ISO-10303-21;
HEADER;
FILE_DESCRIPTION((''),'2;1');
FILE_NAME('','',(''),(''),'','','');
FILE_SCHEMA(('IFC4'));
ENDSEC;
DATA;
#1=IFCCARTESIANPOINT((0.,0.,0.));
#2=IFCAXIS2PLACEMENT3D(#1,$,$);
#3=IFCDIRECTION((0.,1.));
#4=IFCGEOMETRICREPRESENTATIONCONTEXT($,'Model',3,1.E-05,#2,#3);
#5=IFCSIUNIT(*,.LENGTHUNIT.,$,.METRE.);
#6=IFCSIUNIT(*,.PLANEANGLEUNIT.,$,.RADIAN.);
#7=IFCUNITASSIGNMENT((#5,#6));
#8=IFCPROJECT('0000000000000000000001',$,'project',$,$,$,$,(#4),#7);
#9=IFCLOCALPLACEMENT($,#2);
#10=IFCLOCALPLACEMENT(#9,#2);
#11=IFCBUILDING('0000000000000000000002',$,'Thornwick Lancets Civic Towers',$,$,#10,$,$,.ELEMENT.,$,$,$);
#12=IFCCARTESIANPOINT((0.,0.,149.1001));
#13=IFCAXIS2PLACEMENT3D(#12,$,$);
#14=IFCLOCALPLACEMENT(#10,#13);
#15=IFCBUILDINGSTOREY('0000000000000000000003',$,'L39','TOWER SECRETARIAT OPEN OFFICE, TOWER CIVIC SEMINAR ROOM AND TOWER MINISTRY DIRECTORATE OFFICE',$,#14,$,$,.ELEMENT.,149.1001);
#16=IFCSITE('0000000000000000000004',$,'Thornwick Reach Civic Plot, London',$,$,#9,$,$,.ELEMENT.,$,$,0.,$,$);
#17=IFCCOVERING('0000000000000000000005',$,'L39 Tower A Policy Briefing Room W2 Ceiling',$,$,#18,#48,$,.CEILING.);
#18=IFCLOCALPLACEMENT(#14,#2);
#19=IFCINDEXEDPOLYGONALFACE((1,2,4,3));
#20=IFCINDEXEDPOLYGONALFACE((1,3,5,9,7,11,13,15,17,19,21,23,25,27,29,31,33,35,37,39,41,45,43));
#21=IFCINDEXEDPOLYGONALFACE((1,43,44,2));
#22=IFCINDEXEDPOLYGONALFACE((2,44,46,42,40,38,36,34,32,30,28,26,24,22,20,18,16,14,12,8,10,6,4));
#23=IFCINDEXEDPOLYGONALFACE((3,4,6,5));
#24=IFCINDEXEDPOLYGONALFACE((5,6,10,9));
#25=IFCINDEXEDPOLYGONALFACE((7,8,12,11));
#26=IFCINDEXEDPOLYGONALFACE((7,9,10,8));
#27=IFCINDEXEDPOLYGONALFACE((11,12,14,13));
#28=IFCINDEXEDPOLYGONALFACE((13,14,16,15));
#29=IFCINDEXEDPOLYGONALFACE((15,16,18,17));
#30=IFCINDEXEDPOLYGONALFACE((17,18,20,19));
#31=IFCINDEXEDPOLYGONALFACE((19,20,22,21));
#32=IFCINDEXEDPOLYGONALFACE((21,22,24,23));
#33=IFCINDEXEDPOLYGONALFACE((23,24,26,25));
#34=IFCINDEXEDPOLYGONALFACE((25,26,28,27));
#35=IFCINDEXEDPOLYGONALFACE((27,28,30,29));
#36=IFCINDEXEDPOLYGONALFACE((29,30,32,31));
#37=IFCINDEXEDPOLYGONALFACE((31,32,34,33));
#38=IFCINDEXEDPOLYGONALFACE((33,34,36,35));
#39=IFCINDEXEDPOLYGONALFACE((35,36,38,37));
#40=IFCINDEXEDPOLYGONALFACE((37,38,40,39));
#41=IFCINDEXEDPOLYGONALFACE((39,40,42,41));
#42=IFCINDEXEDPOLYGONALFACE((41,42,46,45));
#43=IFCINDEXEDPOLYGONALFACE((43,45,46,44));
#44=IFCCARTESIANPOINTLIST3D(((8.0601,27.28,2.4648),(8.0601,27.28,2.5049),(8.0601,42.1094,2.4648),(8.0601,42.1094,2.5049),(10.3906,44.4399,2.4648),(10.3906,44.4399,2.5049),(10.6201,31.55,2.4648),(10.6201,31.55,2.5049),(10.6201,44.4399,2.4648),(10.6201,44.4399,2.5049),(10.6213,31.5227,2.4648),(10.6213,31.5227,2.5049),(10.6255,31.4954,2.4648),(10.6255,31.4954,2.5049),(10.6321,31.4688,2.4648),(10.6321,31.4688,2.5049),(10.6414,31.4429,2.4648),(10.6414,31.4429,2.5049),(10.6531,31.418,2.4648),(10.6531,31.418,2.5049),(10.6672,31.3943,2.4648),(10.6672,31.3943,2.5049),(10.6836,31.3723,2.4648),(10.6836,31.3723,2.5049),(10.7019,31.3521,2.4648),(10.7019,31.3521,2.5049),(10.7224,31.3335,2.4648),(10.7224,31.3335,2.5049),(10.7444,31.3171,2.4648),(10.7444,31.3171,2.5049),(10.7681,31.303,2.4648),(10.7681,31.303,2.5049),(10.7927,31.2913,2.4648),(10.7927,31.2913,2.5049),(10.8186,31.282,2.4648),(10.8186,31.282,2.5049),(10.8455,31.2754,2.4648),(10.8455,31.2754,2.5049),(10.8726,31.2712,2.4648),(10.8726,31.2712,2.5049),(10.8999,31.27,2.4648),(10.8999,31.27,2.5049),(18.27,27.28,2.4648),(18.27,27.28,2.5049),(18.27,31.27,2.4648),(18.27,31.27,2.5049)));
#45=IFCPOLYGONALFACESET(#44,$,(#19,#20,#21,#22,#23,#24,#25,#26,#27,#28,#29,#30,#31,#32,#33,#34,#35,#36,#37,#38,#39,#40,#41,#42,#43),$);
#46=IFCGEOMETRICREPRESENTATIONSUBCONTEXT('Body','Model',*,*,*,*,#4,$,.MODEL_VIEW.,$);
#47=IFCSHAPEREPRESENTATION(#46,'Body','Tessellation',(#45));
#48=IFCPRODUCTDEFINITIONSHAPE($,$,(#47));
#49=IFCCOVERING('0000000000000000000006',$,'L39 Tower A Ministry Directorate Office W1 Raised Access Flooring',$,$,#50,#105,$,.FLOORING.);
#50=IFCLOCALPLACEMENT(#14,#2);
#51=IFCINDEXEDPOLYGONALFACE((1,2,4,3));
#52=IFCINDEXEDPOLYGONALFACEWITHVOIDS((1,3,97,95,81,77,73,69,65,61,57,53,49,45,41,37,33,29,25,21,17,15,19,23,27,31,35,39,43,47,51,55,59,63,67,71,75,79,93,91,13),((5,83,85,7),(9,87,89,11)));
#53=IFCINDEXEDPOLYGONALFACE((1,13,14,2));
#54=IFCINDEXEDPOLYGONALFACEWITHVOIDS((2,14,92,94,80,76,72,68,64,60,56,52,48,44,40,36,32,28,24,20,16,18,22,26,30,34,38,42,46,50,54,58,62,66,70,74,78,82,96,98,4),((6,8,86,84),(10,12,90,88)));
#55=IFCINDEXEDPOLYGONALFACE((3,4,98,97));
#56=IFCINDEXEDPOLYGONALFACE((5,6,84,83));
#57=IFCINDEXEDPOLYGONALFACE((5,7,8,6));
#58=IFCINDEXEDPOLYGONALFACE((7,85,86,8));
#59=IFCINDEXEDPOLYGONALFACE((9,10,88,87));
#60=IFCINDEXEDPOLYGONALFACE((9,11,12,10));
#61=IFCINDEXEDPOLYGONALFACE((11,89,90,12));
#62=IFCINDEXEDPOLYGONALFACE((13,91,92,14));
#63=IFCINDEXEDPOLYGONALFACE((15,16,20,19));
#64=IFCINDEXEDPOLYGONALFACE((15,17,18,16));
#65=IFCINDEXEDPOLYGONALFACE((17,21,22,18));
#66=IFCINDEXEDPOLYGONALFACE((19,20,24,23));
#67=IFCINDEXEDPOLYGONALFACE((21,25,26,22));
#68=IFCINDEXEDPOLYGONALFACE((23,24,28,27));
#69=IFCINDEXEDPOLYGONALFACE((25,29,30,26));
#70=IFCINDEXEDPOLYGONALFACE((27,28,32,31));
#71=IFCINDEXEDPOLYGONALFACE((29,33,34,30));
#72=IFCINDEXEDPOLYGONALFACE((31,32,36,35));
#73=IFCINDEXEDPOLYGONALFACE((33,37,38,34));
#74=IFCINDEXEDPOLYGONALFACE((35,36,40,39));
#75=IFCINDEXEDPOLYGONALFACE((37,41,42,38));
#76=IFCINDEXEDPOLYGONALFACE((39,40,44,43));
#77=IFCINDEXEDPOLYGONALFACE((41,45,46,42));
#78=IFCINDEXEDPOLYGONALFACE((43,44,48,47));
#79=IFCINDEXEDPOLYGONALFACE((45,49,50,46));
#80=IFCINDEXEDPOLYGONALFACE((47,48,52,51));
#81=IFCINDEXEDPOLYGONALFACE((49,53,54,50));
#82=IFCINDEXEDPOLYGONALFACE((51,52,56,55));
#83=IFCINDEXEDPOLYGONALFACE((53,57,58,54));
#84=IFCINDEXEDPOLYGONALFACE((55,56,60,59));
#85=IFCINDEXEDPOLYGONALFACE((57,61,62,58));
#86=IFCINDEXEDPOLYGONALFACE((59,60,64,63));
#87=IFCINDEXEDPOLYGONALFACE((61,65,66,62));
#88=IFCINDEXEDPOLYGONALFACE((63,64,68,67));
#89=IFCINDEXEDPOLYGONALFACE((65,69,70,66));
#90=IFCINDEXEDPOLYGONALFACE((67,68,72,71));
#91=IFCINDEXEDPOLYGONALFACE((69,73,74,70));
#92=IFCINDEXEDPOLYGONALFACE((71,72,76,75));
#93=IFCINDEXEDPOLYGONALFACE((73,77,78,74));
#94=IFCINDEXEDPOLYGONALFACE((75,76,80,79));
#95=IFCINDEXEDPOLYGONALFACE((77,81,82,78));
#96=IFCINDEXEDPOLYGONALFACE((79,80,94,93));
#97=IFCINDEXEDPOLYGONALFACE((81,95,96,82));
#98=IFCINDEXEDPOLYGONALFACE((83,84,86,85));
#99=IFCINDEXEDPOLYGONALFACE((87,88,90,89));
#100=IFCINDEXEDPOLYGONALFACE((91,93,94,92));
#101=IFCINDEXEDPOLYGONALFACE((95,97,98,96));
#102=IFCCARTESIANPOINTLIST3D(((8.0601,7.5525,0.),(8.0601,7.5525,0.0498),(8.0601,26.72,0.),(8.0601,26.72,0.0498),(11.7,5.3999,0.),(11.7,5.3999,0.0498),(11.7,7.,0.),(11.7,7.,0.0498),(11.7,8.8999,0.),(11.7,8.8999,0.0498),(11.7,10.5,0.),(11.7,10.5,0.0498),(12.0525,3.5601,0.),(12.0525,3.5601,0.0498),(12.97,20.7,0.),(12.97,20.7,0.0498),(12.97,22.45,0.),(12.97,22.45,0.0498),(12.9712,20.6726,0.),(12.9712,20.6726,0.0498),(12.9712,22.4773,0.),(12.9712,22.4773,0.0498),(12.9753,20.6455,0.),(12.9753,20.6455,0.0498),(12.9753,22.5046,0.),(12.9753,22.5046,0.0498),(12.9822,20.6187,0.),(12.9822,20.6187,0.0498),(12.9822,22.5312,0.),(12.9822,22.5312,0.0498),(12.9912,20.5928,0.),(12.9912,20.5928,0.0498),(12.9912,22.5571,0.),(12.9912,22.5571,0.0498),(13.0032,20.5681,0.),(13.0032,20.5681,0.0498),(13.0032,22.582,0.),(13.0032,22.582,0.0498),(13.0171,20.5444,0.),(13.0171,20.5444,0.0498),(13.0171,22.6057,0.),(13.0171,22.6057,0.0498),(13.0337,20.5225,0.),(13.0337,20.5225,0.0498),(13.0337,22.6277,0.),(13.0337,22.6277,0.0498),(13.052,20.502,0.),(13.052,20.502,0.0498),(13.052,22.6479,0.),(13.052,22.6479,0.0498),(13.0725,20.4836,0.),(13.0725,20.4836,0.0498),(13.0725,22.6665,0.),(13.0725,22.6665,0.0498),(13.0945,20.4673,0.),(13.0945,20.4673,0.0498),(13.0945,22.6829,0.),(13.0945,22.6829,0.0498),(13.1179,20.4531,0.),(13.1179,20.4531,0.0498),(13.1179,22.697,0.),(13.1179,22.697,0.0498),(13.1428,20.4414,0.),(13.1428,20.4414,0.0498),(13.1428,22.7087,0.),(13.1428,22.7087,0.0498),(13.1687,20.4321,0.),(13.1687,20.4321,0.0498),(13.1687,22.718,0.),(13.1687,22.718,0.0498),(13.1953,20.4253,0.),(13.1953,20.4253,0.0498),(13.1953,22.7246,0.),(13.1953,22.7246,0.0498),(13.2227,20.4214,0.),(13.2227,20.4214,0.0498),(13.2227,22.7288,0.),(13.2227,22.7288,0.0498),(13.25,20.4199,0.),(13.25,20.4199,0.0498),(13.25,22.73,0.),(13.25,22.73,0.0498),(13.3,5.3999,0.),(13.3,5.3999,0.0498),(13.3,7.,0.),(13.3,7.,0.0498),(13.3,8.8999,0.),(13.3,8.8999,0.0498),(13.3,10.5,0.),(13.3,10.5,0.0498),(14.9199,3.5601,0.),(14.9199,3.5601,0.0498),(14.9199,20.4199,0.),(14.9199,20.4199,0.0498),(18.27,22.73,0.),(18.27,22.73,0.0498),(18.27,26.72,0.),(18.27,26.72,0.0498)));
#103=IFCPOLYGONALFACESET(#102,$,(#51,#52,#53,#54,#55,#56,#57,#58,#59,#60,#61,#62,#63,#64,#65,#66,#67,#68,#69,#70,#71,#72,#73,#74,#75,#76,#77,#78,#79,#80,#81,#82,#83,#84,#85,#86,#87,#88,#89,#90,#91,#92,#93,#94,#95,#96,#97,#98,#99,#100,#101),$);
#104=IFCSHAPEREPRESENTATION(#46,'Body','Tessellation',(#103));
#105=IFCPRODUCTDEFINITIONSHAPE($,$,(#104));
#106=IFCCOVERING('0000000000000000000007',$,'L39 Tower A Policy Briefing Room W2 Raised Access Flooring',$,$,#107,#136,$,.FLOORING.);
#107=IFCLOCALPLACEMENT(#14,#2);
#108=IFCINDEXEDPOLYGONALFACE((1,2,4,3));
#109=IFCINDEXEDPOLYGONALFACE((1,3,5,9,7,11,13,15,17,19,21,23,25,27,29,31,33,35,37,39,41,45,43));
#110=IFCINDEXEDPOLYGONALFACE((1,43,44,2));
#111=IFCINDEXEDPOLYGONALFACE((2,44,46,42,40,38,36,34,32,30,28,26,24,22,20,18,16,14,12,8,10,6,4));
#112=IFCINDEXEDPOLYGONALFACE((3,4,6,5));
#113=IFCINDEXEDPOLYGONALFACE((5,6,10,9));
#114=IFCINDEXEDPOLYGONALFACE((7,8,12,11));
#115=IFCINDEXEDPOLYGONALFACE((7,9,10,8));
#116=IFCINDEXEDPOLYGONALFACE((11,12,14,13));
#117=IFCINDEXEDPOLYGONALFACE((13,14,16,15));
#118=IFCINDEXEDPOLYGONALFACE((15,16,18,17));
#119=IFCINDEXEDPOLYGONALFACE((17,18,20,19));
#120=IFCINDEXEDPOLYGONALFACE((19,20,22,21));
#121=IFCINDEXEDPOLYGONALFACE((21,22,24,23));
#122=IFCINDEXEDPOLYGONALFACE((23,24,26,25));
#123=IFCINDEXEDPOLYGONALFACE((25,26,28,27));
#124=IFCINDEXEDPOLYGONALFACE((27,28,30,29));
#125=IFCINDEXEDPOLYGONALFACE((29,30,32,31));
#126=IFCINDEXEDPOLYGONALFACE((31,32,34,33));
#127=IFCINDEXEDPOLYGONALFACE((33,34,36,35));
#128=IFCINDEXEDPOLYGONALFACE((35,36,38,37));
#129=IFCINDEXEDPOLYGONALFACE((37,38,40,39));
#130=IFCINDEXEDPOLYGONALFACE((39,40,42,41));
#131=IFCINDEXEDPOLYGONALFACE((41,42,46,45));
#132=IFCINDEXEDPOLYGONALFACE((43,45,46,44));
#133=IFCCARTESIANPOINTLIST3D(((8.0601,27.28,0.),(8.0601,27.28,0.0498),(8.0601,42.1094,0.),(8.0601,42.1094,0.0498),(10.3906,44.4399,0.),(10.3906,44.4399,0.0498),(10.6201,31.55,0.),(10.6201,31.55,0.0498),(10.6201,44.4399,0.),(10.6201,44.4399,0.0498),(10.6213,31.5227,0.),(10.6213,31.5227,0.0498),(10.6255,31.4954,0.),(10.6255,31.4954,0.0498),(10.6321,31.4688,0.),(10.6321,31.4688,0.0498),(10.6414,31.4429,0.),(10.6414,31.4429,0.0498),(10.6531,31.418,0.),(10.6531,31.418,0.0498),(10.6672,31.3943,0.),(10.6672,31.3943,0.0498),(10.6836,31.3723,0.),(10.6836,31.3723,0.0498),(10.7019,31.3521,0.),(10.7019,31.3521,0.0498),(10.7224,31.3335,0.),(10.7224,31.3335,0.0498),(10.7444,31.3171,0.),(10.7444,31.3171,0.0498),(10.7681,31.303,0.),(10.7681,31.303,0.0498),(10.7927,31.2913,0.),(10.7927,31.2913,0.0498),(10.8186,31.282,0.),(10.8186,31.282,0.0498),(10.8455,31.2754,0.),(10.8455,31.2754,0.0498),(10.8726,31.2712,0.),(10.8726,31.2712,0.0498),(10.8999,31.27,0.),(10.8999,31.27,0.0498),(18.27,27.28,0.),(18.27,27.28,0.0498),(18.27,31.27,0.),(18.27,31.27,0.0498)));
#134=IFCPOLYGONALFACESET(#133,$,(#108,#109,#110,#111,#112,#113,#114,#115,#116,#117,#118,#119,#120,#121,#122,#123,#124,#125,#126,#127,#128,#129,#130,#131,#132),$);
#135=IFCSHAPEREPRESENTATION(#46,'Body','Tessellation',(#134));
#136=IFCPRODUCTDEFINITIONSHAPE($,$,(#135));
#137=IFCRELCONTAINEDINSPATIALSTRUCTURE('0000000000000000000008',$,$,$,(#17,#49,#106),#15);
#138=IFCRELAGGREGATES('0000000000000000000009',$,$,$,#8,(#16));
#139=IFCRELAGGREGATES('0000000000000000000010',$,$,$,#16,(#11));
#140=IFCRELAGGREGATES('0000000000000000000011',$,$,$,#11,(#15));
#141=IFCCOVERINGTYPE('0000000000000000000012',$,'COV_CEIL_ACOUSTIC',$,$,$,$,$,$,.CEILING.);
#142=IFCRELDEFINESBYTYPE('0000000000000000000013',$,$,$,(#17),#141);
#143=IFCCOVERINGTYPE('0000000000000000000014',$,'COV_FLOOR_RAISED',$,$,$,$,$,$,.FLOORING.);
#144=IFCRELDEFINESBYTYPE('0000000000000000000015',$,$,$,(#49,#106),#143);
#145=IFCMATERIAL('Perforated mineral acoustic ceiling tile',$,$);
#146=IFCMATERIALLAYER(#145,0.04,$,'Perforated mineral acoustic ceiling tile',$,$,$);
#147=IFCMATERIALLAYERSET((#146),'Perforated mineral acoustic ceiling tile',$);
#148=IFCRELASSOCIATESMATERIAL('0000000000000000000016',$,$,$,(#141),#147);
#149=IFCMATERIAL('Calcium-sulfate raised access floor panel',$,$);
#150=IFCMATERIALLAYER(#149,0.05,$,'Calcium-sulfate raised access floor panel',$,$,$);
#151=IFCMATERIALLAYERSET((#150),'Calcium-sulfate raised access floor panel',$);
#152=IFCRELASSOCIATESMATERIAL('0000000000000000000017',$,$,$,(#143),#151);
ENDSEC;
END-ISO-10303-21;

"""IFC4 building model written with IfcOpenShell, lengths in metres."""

from ifc_helpers import new_model, si_unit, direction, frame, origin, place, context, subcontext, project, spatial, polyline, outline, extrude, material, layer, layer_set, type_object, element, save


model = new_model("IFC4")

# Units and contexts
model_context = context("Model", 3, precision=1e-05, world=origin(), true_north=direction((0.0, 1.0)))
body_context = subcontext(model_context, "Body", "Model", "MODEL_VIEW")
ifc_project = project(units=[si_unit("LENGTHUNIT", "METRE"), si_unit("PLANEANGLEUNIT", "RADIAN")], contexts=[model_context])

# Site, building, storey
site_placement = place(None, origin())
site = spatial("IfcSite", under=ifc_project, at=site_placement, Name="Thornwick Reach Civic Plot, London", CompositionType="ELEMENT", RefElevation=0.0)
building_placement = place(site_placement, origin())
building = spatial("IfcBuilding", under=site, at=building_placement, Name="Thornwick Lancets Civic Towers", CompositionType="ELEMENT")
storey_placement = place(building_placement, frame((0.0, 0.0, 149.1001)))
storey = spatial("IfcBuildingStorey", under=building, at=storey_placement, Name="L39", Description="TOWER SECRETARIAT OPEN OFFICE, TOWER CIVIC SEMINAR ROOM AND TOWER MINISTRY DIRECTORATE OFFICE", CompositionType="ELEMENT", Elevation=149.1001)

# Coverings
ifc_material_1 = material(Name="Perforated mineral acoustic ceiling tile")
ifc_layer_1 = layer(ifc_material_1, 0.04, Name="Perforated mineral acoustic ceiling tile")
ifc_layer_set_1 = layer_set([ifc_layer_1], Name="Perforated mineral acoustic ceiling tile")
covering_type_1 = type_object("IfcCoveringType", Name="COV_CEIL_ACOUSTIC", PredefinedType="CEILING", material=ifc_layer_set_1)
covering_1_placement = place(storey_placement, frame((0.0, 0.0, 2.4648)))
element("IfcCovering", 1, at=covering_1_placement, inside=storey, type_object=covering_type_1, Name="L39 Tower A Policy Briefing Room W2 Ceiling", PredefinedType="CEILING", context=body_context, shape_type="SweptSolid", body=[
    extrude(outline(polyline([(18.27, 31.27), (18.27, 27.28), (8.0601, 27.28), (8.0601, 42.1094), (10.3906, 44.4399), (10.6201, 44.4399), (10.6201, 31.55), (10.6213, 31.5227), (10.6255, 31.4954), (10.6321, 31.4688), (10.6414, 31.4429), (10.6531, 31.418), (10.6672, 31.3943), (10.6836, 31.3723), (10.7019, 31.3521), (10.7224, 31.3335), (10.7444, 31.3171), (10.7681, 31.303), (10.7927, 31.2913), (10.8186, 31.282), (10.8455, 31.2754), (10.8726, 31.2712), (10.8999, 31.27), (18.27, 31.27)])), origin(), (0.0, 0.0, 1.0), 0.04),
])
ifc_material_2 = material(Name="Calcium-sulfate raised access floor panel")
ifc_layer_2 = layer(ifc_material_2, 0.05, Name="Calcium-sulfate raised access floor panel")
ifc_layer_set_2 = layer_set([ifc_layer_2], Name="Calcium-sulfate raised access floor panel")
covering_type_2 = type_object("IfcCoveringType", Name="COV_FLOOR_RAISED", PredefinedType="FLOORING", material=ifc_layer_set_2)
covering_2_placement = place(storey_placement, origin())
element("IfcCovering", 2, at=covering_2_placement, inside=storey, type_object=covering_type_2, Name="L39 Tower A Ministry Directorate Office W1 Raised Access Flooring", PredefinedType="FLOORING", context=body_context, shape_type="SweptSolid", body=[
    extrude(outline(polyline([(18.27, 26.72), (18.27, 22.73), (13.25, 22.73), (13.2227, 22.7288), (13.1953, 22.7246), (13.1687, 22.718), (13.1428, 22.7087), (13.1179, 22.697), (13.0945, 22.6829), (13.0725, 22.6665), (13.052, 22.6479), (13.0337, 22.6277), (13.0171, 22.6057), (13.0032, 22.582), (12.9912, 22.5571), (12.9822, 22.5312), (12.9753, 22.5046), (12.9712, 22.4773), (12.97, 22.45), (12.97, 20.7), (12.9712, 20.6726), (12.9753, 20.6455), (12.9822, 20.6187), (12.9912, 20.5928), (13.0032, 20.5681), (13.0171, 20.5444), (13.0337, 20.5225), (13.052, 20.502), (13.0725, 20.4836), (13.0945, 20.4673), (13.1179, 20.4531), (13.1428, 20.4414), (13.1687, 20.4321), (13.1953, 20.4253), (13.2227, 20.4214), (13.25, 20.4199), (14.9199, 20.4199), (14.9199, 3.5601), (12.0525, 3.5601), (8.0601, 7.5525), (8.0601, 26.72), (18.27, 26.72)]), holes=[polyline([(11.7, 8.8999), (13.3, 8.8999), (13.3, 10.5), (11.7, 10.5), (11.7, 8.8999)]), polyline([(11.7, 5.3999), (13.3, 5.3999), (13.3, 7.0), (11.7, 7.0), (11.7, 5.3999)])]), origin(), (0.0, 0.0, 1.0), 0.0498),
])
covering_3_placement = place(storey_placement, origin())
element("IfcCovering", 3, at=covering_3_placement, inside=storey, type_object=covering_type_2, Name="L39 Tower A Policy Briefing Room W2 Raised Access Flooring", PredefinedType="FLOORING", context=body_context, shape_type="SweptSolid", body=[
    extrude(outline(polyline([(18.27, 31.27), (18.27, 27.28), (8.0601, 27.28), (8.0601, 42.1094), (10.3906, 44.4399), (10.6201, 44.4399), (10.6201, 31.55), (10.6213, 31.5227), (10.6255, 31.4954), (10.6321, 31.4688), (10.6414, 31.4429), (10.6531, 31.418), (10.6672, 31.3943), (10.6836, 31.3723), (10.7019, 31.3521), (10.7224, 31.3335), (10.7444, 31.3171), (10.7681, 31.303), (10.7927, 31.2913), (10.8186, 31.282), (10.8455, 31.2754), (10.8726, 31.2712), (10.8999, 31.27), (18.27, 31.27)])), origin(), (0.0, 0.0, 1.0), 0.0498),
])

save(model, "model.ifc")
